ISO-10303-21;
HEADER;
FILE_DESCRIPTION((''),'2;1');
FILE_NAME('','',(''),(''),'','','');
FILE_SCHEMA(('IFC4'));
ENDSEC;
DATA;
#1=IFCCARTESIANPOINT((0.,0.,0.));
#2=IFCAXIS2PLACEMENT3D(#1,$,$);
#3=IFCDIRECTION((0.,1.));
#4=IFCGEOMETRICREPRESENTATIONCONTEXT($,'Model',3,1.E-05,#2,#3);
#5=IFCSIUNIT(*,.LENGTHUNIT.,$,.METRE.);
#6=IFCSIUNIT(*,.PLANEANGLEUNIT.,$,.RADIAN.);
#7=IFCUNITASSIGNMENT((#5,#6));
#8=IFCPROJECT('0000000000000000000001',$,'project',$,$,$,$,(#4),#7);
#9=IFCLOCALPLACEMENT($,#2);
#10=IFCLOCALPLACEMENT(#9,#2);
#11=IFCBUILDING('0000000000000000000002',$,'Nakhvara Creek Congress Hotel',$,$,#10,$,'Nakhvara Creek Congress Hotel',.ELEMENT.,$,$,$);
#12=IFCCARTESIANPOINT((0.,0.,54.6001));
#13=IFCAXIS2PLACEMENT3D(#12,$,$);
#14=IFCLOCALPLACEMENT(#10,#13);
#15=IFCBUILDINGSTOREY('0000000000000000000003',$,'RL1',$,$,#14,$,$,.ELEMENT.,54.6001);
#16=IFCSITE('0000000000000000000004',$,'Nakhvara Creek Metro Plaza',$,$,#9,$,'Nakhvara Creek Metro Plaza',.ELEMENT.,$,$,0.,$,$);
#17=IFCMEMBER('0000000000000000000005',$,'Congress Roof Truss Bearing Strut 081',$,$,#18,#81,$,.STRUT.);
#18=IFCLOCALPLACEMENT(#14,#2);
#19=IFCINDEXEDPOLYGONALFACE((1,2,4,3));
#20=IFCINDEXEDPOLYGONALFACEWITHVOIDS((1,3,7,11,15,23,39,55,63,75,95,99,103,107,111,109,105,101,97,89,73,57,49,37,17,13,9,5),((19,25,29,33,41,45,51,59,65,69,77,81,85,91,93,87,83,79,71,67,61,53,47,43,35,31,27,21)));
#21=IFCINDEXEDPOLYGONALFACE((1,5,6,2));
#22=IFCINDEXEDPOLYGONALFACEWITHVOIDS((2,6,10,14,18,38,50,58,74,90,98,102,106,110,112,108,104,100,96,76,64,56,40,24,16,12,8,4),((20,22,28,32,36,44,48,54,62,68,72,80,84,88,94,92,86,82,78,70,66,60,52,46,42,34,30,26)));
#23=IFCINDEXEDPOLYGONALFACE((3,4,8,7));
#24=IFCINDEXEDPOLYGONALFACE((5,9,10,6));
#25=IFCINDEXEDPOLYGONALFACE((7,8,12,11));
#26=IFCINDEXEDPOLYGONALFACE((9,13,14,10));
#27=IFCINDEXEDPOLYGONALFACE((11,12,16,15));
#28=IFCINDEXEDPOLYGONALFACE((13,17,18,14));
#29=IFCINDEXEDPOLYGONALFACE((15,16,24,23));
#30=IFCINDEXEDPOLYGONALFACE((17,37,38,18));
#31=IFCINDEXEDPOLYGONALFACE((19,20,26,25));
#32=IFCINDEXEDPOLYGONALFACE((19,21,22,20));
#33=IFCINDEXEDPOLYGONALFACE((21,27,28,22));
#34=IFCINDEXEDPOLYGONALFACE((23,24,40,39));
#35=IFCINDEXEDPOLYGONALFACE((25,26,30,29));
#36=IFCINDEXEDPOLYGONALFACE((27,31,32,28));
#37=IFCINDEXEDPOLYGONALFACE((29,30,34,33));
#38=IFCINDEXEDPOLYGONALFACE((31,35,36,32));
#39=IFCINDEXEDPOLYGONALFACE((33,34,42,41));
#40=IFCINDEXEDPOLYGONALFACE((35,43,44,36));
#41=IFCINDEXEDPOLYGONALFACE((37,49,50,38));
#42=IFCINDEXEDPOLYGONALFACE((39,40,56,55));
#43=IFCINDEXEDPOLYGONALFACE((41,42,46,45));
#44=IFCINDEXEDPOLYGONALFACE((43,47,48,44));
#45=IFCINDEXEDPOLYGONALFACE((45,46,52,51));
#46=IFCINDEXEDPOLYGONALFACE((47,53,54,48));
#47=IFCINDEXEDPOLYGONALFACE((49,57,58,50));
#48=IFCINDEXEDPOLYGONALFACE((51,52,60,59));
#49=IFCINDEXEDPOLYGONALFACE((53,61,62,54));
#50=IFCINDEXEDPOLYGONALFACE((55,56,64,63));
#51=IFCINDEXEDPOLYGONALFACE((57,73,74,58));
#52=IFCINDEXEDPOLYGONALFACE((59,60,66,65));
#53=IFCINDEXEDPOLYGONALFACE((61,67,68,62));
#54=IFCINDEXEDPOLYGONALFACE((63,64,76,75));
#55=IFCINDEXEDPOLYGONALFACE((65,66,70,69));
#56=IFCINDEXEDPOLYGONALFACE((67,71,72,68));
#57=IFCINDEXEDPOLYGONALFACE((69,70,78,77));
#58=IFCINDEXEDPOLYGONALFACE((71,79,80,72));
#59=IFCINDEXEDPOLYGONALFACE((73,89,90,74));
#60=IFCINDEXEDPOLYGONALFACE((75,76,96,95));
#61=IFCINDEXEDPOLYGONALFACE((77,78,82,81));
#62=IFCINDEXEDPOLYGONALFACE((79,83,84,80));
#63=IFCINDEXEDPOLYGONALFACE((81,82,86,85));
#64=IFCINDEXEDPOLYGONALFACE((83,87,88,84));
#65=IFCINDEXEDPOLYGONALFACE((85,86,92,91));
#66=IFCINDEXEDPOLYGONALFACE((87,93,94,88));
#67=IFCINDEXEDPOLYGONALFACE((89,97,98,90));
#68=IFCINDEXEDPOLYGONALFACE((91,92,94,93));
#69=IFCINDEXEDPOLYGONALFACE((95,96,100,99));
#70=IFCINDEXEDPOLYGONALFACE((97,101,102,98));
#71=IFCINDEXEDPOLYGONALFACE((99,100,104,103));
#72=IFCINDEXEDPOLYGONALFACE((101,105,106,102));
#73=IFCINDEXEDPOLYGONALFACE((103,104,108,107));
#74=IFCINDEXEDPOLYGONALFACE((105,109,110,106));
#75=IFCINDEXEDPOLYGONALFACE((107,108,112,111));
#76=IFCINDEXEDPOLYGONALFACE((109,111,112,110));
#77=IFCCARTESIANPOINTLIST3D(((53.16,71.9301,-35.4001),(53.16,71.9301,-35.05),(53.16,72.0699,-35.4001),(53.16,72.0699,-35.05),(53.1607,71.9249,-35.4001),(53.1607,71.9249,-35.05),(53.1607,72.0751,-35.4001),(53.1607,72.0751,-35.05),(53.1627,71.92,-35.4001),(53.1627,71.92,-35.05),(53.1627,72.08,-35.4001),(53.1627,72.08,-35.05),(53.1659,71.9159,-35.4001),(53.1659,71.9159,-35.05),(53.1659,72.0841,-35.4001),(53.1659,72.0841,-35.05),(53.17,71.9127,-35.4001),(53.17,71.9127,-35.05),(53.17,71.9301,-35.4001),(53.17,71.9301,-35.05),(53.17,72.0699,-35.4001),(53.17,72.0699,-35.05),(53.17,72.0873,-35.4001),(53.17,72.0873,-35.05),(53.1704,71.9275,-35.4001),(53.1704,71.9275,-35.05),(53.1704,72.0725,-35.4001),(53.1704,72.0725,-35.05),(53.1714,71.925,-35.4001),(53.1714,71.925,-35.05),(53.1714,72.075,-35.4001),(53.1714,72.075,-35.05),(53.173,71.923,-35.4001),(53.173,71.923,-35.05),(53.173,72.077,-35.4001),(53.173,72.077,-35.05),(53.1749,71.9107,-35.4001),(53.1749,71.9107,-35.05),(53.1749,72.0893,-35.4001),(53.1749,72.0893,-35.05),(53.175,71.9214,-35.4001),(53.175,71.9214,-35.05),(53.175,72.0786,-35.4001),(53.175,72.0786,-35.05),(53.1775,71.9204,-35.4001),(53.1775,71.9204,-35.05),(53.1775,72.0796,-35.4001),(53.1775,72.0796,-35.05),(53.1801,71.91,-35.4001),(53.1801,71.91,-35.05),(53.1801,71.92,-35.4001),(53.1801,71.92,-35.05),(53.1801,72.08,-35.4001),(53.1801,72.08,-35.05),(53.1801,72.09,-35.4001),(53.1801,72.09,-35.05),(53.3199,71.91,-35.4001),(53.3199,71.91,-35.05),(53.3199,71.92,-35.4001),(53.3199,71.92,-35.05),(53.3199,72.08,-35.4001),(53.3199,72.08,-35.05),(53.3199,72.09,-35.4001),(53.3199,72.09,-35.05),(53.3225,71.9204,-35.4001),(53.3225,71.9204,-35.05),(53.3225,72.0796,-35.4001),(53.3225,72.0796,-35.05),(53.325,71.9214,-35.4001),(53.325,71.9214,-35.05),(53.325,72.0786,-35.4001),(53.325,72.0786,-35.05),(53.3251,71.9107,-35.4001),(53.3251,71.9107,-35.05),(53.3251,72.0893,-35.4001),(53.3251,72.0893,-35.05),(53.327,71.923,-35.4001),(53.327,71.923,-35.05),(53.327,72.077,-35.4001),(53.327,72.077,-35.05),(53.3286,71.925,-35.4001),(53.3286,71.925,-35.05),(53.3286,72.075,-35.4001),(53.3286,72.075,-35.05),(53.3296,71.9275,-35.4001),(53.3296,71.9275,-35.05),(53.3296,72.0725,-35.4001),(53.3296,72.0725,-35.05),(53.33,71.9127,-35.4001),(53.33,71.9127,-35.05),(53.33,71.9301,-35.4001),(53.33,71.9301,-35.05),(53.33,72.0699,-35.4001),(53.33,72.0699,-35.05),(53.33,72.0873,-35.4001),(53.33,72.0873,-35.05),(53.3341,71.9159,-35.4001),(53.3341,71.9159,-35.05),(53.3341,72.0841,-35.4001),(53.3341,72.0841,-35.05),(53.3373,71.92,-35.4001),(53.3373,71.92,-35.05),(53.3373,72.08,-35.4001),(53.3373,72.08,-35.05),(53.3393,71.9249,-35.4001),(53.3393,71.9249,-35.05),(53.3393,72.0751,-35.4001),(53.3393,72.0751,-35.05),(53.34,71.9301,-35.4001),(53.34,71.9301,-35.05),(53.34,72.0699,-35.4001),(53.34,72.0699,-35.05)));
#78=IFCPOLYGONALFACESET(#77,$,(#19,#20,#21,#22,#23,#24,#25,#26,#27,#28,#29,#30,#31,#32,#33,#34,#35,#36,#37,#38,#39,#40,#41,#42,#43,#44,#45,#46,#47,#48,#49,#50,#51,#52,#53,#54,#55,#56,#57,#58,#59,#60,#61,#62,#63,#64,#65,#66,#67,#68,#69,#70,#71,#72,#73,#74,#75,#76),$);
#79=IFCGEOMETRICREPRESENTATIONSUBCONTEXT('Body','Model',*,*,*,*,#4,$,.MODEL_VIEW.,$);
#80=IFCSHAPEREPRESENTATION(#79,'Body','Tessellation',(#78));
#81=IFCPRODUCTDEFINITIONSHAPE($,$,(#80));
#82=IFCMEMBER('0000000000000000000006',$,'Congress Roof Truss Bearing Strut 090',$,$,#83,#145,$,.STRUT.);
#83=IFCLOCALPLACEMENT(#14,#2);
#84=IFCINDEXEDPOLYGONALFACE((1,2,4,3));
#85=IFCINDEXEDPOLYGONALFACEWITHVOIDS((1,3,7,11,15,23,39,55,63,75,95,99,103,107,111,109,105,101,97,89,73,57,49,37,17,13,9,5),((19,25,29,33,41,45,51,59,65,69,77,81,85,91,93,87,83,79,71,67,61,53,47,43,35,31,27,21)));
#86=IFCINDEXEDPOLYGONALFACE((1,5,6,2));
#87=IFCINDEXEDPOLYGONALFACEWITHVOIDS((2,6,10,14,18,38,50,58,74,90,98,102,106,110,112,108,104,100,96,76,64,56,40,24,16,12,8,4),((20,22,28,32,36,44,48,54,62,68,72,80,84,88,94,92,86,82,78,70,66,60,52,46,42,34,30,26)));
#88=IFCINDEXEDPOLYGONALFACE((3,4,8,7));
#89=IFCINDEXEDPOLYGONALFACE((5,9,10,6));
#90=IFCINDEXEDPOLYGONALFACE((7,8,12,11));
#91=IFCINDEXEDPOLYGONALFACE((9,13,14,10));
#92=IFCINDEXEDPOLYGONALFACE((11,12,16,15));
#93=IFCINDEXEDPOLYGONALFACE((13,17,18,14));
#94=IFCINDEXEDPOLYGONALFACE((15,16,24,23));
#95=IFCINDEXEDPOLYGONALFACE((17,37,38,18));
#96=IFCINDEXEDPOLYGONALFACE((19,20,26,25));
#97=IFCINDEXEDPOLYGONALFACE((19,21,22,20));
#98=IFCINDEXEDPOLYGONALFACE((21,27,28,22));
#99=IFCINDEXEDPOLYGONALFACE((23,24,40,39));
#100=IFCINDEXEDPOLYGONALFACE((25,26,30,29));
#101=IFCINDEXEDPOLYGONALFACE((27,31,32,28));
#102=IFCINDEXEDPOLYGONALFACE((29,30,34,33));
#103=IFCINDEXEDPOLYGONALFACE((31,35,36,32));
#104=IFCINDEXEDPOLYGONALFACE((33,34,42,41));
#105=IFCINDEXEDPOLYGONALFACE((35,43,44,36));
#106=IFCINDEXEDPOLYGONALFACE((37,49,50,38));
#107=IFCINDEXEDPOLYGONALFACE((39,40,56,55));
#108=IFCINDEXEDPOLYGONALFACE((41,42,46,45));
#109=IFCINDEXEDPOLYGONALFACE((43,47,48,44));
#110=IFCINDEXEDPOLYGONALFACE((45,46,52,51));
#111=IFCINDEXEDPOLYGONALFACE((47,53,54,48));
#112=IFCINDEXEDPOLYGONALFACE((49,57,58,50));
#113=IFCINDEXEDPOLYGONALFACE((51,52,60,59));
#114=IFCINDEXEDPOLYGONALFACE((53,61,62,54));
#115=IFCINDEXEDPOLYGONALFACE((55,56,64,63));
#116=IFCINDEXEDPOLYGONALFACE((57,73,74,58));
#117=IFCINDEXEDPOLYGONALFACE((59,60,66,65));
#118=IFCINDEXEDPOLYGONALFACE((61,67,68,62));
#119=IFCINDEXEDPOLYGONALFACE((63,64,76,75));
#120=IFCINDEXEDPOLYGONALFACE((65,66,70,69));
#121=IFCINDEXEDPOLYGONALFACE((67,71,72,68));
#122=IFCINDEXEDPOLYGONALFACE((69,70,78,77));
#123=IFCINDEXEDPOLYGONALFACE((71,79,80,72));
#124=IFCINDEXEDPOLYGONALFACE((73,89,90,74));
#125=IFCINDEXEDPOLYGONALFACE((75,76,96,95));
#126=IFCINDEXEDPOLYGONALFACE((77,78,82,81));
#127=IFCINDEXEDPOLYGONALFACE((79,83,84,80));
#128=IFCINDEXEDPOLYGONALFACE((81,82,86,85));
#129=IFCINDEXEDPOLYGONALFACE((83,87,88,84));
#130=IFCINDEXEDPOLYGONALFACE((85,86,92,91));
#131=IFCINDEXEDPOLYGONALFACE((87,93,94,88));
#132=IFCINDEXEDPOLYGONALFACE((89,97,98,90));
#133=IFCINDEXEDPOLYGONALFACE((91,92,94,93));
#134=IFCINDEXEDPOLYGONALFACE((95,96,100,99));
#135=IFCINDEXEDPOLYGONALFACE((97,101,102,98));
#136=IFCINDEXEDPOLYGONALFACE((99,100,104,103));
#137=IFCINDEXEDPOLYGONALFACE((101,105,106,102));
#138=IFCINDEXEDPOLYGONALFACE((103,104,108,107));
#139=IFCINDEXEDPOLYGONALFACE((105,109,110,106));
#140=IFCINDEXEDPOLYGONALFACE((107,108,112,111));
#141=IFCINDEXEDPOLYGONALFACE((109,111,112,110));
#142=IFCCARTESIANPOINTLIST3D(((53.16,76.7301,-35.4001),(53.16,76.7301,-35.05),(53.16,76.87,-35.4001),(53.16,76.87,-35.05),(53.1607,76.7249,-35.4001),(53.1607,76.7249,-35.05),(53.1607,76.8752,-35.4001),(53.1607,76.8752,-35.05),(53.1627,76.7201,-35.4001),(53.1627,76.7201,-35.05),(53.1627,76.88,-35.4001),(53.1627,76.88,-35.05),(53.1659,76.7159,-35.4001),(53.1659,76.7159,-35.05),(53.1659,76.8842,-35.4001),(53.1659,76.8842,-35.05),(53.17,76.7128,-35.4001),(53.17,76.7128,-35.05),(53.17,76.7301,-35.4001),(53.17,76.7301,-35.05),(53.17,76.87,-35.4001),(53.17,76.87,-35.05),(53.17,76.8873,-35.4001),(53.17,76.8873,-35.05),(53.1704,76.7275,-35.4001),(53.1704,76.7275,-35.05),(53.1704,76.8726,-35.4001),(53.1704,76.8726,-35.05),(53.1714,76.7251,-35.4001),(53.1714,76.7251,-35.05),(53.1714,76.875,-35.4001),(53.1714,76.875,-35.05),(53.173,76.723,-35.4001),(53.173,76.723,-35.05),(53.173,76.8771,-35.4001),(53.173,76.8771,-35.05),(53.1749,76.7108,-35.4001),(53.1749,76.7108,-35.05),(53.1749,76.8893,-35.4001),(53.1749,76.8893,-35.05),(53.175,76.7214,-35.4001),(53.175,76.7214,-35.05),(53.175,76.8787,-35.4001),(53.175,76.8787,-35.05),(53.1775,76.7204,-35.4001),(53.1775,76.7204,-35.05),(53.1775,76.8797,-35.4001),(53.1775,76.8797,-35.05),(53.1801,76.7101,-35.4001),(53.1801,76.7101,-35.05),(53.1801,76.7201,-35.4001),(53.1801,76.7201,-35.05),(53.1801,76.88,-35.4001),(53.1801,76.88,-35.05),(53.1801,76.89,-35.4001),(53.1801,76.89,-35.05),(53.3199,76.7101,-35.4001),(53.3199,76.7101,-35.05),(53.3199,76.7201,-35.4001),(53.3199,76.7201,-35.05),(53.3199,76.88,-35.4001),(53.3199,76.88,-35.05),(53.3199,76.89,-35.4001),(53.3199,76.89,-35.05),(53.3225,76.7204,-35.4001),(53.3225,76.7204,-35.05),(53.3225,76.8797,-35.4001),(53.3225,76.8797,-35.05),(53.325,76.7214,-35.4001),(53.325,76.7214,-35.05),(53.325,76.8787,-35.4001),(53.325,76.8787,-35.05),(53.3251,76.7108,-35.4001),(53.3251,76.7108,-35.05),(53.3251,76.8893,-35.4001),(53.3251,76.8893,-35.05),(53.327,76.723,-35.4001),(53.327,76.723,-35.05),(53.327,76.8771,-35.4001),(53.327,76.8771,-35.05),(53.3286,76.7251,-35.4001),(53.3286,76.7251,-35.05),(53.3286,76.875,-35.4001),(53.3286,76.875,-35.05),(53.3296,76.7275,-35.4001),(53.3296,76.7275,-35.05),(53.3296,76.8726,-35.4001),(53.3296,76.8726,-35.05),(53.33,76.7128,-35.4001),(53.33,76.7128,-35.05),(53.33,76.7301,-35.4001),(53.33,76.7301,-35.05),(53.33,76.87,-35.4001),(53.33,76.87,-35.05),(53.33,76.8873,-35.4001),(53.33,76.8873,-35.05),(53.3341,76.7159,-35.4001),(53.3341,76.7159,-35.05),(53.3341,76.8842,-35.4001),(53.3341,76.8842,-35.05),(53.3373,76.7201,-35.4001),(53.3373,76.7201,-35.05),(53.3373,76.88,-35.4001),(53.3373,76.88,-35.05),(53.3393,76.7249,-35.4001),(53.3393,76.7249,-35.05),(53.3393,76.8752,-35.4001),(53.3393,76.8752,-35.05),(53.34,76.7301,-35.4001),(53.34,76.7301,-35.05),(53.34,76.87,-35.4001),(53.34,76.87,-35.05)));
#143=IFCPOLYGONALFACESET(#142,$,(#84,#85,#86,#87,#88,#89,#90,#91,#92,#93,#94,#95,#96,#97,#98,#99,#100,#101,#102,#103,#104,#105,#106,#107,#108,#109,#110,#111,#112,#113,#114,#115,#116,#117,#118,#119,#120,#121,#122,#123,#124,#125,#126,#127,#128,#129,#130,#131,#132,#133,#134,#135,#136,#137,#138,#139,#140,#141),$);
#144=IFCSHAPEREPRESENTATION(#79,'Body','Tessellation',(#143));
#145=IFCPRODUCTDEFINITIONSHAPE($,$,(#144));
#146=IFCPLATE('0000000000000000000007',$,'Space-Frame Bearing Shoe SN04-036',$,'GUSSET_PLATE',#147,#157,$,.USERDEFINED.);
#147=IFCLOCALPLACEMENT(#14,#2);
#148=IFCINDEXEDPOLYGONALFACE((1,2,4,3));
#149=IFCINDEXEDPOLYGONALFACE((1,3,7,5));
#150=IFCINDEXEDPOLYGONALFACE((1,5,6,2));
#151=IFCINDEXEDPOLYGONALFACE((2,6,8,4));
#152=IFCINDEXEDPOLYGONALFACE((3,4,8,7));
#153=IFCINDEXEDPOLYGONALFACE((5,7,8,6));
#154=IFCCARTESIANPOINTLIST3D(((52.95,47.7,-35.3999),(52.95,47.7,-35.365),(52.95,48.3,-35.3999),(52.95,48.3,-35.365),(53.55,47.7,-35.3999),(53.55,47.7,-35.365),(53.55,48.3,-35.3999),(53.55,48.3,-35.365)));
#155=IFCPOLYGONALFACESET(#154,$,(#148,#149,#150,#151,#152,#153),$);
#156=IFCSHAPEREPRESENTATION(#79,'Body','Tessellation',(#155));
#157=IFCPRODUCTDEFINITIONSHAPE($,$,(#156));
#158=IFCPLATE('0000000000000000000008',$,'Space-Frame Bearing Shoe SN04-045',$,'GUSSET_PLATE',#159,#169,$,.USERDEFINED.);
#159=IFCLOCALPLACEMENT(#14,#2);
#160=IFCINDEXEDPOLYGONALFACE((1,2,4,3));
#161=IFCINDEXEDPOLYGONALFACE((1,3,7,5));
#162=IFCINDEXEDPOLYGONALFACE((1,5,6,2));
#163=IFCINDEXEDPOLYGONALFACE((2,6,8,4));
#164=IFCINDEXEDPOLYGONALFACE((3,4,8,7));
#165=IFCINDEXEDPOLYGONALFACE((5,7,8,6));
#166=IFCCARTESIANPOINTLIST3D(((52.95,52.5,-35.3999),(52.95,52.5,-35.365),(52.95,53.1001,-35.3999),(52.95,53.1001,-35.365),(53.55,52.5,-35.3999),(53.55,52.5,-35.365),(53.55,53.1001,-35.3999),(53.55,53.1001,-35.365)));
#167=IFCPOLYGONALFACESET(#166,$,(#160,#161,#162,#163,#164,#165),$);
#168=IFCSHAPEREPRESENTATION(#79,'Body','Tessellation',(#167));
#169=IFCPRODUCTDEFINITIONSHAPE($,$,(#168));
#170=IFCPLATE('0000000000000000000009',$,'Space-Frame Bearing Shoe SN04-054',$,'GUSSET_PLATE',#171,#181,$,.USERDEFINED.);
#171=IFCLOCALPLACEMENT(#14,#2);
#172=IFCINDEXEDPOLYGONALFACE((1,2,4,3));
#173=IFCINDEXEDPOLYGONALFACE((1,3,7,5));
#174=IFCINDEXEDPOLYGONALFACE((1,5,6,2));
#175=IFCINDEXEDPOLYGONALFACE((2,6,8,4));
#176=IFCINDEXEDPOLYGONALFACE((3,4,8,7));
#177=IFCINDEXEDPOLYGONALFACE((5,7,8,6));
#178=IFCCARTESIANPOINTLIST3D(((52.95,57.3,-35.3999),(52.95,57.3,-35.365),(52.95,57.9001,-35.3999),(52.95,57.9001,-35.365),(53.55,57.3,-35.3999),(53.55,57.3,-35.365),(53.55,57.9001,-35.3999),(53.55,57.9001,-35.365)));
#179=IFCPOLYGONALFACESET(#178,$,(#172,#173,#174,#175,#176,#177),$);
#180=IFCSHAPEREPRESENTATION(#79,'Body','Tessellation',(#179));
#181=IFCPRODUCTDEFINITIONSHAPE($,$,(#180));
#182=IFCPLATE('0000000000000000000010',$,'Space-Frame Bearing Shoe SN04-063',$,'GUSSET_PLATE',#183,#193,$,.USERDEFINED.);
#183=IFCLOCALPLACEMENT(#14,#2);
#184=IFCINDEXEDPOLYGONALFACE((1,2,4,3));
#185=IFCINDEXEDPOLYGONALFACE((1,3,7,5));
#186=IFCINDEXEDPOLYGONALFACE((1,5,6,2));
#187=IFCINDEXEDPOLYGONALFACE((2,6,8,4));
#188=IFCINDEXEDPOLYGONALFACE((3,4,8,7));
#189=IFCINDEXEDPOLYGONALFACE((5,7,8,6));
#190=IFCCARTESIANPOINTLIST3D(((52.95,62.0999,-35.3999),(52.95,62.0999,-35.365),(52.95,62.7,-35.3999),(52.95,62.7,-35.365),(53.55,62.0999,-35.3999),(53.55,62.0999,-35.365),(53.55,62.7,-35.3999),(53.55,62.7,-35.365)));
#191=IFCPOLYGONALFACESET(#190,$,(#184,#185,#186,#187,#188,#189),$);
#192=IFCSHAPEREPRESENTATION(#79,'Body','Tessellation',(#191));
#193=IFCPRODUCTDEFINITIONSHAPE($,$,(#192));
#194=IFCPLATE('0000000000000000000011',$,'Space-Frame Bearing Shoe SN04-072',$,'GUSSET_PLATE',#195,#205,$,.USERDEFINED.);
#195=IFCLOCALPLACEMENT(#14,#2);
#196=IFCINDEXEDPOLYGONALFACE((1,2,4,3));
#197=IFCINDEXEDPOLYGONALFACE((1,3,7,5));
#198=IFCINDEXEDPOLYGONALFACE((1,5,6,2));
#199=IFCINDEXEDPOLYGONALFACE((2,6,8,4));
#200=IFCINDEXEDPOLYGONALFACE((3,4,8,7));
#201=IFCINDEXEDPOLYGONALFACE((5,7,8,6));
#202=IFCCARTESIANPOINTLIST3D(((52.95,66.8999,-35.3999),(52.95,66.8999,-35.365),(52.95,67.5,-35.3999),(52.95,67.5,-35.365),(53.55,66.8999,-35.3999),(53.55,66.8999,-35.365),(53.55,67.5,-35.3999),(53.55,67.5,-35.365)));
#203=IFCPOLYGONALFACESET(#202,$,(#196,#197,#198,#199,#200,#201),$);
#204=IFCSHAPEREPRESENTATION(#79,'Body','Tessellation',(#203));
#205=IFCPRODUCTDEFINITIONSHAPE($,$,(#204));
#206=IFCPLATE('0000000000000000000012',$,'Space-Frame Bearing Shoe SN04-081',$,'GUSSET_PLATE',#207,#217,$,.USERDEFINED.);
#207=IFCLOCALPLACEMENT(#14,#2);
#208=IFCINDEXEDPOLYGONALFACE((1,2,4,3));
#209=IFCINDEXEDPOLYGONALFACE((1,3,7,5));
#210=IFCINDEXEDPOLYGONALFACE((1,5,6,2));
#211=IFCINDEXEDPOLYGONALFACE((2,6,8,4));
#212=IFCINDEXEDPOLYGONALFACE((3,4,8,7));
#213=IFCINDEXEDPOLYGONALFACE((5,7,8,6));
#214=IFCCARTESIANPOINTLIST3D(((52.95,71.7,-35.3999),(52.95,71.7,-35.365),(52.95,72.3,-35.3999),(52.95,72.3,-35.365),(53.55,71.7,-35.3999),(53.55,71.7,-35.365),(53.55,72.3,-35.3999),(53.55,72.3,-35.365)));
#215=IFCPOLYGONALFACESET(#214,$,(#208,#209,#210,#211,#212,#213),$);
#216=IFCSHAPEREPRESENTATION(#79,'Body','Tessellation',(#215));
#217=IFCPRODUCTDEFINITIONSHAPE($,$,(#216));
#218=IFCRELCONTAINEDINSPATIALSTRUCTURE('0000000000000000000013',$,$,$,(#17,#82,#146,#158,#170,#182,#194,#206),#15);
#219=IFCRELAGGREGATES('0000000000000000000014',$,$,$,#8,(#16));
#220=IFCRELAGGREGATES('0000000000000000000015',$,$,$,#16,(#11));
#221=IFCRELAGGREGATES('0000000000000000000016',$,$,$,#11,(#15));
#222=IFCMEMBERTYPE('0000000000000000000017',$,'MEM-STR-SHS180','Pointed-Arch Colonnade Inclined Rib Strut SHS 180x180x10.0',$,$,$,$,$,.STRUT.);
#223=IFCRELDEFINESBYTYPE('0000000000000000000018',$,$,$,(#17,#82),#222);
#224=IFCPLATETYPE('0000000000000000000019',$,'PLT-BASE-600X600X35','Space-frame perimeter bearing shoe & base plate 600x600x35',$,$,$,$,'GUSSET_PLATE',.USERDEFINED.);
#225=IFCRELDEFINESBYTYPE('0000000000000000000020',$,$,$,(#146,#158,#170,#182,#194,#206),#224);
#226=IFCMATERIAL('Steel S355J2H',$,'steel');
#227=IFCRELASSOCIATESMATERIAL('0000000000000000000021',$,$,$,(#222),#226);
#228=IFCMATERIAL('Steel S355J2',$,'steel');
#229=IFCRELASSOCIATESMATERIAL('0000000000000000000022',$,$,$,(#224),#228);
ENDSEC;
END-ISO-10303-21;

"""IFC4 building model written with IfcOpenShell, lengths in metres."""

from ifc_helpers import new_model, si_unit, direction, frame, origin, origin_2d, place, context, subcontext, project, spatial, rectangle, hollow_rectangle, extrude, material, material_profile, profile_set, type_object, element, save


model = new_model("IFC4")

# Units and contexts
model_context = context("Model", 3, precision=1e-05, world=origin(), true_north=direction((0.0, 1.0)))
body_context = subcontext(model_context, "Body", "Model", "MODEL_VIEW")
ifc_project = project(units=[si_unit("LENGTHUNIT", "METRE"), si_unit("PLANEANGLEUNIT", "RADIAN")], contexts=[model_context])

# Site, building, storey
site_placement = place(None, origin())
site = spatial("IfcSite", under=ifc_project, at=site_placement, Name="Nakhvara Creek Metro Plaza", LongName="Nakhvara Creek Metro Plaza", CompositionType="ELEMENT", RefElevation=0.0)
building_placement = place(site_placement, origin())
building = spatial("IfcBuilding", under=site, at=building_placement, Name="Nakhvara Creek Congress Hotel", LongName="Nakhvara Creek Congress Hotel", CompositionType="ELEMENT")
storey_placement = place(building_placement, frame((0.0, 0.0, 54.6001)))
storey = spatial("IfcBuildingStorey", under=building, at=storey_placement, Name="RL1", CompositionType="ELEMENT", Elevation=54.6001)

# Members
ifc_material_1 = material(Name="Steel S355J2H", Category="steel")
ifc_material_profile_1 = material_profile(ifc_material_1, hollow_rectangle(XDim=0.1799, YDim=0.1799, WallThickness=0.01, InnerFilletRadius=0.01, OuterFilletRadius=0.02, at=origin_2d()), Name="SHS 180x180x10.0", Category="LoadBearing")
ifc_profile_set_1 = profile_set([ifc_material_profile_1], Name="Steel S355J2H")
member_type_1 = type_object("IfcMemberType", Name="MEM-STR-SHS180", Description="Pointed-Arch Colonnade Inclined Rib Strut SHS 180x180x10.0", PredefinedType="STRUT", material=ifc_profile_set_1)
for number, where, z_axis, x_axis, name in (
    (1, (53.25, 72.0, -35.4001), (0.0, 0.0, 1.0), (1.0, 0.0, 0.0), "Congress Roof Truss Bearing Strut 081"),
    (2, (53.25, 76.8, -35.4001), (0.0, 0.0, 1.0), (1.0, 0.0, 0.0), "Congress Roof Truss Bearing Strut 090"),
):
    element("IfcMember", number, at=place(storey_placement, frame(where, z_axis=z_axis, x_axis=x_axis)), inside=storey, type_object=member_type_1, Name=name, PredefinedType="STRUT", context=body_context, shape_type="SweptSolid", body=[
        extrude(hollow_rectangle(XDim=0.1799, YDim=0.1799, WallThickness=0.01, InnerFilletRadius=0.01, OuterFilletRadius=0.02, at=origin_2d()), origin(), (0.0, 0.0, 1.0), 0.3501),
    ])

# Plates
ifc_material_2 = material(Name="Steel S355J2", Category="steel")
plate_type_1 = type_object("IfcPlateType", Name="PLT-BASE-600X600X35", Description="Space-frame perimeter bearing shoe & base plate 600x600x35", ElementType="GUSSET_PLATE", PredefinedType="USERDEFINED", material=ifc_material_2)
for number, where, z_axis, x_axis, name in (
    (3, (53.25, 48.0, -35.3999), (0.0, 0.0, 1.0), (1.0, 0.0, 0.0), "Space-Frame Bearing Shoe SN04-036"),
    (4, (53.25, 52.8, -35.3999), (0.0, 0.0, 1.0), (1.0, 0.0, 0.0), "Space-Frame Bearing Shoe SN04-045"),
    (5, (53.25, 57.6001, -35.3999), (0.0, 0.0, 1.0), (1.0, 0.0, 0.0), "Space-Frame Bearing Shoe SN04-054"),
    (6, (53.25, 62.3999, -35.3999), (0.0, 0.0, 1.0), (1.0, 0.0, 0.0), "Space-Frame Bearing Shoe SN04-063"),
    (7, (53.25, 67.2, -35.3999), (0.0, 0.0, 1.0), (1.0, 0.0, 0.0), "Space-Frame Bearing Shoe SN04-072"),
    (8, (53.25, 72.0, -35.3999), (0.0, 0.0, 1.0), (1.0, 0.0, 0.0), "Space-Frame Bearing Shoe SN04-081"),
):
    element("IfcPlate", number, at=place(storey_placement, frame(where, z_axis=z_axis, x_axis=x_axis)), inside=storey, type_object=plate_type_1, Name=name, ObjectType="GUSSET_PLATE", PredefinedType="USERDEFINED", context=body_context, shape_type="SweptSolid", body=[
        extrude(rectangle(XDim=0.6001, YDim=0.6001, at=origin_2d()), origin(), (0.0, 0.0, 1.0), 0.0349),
    ])

save(model, "model.ifc")
